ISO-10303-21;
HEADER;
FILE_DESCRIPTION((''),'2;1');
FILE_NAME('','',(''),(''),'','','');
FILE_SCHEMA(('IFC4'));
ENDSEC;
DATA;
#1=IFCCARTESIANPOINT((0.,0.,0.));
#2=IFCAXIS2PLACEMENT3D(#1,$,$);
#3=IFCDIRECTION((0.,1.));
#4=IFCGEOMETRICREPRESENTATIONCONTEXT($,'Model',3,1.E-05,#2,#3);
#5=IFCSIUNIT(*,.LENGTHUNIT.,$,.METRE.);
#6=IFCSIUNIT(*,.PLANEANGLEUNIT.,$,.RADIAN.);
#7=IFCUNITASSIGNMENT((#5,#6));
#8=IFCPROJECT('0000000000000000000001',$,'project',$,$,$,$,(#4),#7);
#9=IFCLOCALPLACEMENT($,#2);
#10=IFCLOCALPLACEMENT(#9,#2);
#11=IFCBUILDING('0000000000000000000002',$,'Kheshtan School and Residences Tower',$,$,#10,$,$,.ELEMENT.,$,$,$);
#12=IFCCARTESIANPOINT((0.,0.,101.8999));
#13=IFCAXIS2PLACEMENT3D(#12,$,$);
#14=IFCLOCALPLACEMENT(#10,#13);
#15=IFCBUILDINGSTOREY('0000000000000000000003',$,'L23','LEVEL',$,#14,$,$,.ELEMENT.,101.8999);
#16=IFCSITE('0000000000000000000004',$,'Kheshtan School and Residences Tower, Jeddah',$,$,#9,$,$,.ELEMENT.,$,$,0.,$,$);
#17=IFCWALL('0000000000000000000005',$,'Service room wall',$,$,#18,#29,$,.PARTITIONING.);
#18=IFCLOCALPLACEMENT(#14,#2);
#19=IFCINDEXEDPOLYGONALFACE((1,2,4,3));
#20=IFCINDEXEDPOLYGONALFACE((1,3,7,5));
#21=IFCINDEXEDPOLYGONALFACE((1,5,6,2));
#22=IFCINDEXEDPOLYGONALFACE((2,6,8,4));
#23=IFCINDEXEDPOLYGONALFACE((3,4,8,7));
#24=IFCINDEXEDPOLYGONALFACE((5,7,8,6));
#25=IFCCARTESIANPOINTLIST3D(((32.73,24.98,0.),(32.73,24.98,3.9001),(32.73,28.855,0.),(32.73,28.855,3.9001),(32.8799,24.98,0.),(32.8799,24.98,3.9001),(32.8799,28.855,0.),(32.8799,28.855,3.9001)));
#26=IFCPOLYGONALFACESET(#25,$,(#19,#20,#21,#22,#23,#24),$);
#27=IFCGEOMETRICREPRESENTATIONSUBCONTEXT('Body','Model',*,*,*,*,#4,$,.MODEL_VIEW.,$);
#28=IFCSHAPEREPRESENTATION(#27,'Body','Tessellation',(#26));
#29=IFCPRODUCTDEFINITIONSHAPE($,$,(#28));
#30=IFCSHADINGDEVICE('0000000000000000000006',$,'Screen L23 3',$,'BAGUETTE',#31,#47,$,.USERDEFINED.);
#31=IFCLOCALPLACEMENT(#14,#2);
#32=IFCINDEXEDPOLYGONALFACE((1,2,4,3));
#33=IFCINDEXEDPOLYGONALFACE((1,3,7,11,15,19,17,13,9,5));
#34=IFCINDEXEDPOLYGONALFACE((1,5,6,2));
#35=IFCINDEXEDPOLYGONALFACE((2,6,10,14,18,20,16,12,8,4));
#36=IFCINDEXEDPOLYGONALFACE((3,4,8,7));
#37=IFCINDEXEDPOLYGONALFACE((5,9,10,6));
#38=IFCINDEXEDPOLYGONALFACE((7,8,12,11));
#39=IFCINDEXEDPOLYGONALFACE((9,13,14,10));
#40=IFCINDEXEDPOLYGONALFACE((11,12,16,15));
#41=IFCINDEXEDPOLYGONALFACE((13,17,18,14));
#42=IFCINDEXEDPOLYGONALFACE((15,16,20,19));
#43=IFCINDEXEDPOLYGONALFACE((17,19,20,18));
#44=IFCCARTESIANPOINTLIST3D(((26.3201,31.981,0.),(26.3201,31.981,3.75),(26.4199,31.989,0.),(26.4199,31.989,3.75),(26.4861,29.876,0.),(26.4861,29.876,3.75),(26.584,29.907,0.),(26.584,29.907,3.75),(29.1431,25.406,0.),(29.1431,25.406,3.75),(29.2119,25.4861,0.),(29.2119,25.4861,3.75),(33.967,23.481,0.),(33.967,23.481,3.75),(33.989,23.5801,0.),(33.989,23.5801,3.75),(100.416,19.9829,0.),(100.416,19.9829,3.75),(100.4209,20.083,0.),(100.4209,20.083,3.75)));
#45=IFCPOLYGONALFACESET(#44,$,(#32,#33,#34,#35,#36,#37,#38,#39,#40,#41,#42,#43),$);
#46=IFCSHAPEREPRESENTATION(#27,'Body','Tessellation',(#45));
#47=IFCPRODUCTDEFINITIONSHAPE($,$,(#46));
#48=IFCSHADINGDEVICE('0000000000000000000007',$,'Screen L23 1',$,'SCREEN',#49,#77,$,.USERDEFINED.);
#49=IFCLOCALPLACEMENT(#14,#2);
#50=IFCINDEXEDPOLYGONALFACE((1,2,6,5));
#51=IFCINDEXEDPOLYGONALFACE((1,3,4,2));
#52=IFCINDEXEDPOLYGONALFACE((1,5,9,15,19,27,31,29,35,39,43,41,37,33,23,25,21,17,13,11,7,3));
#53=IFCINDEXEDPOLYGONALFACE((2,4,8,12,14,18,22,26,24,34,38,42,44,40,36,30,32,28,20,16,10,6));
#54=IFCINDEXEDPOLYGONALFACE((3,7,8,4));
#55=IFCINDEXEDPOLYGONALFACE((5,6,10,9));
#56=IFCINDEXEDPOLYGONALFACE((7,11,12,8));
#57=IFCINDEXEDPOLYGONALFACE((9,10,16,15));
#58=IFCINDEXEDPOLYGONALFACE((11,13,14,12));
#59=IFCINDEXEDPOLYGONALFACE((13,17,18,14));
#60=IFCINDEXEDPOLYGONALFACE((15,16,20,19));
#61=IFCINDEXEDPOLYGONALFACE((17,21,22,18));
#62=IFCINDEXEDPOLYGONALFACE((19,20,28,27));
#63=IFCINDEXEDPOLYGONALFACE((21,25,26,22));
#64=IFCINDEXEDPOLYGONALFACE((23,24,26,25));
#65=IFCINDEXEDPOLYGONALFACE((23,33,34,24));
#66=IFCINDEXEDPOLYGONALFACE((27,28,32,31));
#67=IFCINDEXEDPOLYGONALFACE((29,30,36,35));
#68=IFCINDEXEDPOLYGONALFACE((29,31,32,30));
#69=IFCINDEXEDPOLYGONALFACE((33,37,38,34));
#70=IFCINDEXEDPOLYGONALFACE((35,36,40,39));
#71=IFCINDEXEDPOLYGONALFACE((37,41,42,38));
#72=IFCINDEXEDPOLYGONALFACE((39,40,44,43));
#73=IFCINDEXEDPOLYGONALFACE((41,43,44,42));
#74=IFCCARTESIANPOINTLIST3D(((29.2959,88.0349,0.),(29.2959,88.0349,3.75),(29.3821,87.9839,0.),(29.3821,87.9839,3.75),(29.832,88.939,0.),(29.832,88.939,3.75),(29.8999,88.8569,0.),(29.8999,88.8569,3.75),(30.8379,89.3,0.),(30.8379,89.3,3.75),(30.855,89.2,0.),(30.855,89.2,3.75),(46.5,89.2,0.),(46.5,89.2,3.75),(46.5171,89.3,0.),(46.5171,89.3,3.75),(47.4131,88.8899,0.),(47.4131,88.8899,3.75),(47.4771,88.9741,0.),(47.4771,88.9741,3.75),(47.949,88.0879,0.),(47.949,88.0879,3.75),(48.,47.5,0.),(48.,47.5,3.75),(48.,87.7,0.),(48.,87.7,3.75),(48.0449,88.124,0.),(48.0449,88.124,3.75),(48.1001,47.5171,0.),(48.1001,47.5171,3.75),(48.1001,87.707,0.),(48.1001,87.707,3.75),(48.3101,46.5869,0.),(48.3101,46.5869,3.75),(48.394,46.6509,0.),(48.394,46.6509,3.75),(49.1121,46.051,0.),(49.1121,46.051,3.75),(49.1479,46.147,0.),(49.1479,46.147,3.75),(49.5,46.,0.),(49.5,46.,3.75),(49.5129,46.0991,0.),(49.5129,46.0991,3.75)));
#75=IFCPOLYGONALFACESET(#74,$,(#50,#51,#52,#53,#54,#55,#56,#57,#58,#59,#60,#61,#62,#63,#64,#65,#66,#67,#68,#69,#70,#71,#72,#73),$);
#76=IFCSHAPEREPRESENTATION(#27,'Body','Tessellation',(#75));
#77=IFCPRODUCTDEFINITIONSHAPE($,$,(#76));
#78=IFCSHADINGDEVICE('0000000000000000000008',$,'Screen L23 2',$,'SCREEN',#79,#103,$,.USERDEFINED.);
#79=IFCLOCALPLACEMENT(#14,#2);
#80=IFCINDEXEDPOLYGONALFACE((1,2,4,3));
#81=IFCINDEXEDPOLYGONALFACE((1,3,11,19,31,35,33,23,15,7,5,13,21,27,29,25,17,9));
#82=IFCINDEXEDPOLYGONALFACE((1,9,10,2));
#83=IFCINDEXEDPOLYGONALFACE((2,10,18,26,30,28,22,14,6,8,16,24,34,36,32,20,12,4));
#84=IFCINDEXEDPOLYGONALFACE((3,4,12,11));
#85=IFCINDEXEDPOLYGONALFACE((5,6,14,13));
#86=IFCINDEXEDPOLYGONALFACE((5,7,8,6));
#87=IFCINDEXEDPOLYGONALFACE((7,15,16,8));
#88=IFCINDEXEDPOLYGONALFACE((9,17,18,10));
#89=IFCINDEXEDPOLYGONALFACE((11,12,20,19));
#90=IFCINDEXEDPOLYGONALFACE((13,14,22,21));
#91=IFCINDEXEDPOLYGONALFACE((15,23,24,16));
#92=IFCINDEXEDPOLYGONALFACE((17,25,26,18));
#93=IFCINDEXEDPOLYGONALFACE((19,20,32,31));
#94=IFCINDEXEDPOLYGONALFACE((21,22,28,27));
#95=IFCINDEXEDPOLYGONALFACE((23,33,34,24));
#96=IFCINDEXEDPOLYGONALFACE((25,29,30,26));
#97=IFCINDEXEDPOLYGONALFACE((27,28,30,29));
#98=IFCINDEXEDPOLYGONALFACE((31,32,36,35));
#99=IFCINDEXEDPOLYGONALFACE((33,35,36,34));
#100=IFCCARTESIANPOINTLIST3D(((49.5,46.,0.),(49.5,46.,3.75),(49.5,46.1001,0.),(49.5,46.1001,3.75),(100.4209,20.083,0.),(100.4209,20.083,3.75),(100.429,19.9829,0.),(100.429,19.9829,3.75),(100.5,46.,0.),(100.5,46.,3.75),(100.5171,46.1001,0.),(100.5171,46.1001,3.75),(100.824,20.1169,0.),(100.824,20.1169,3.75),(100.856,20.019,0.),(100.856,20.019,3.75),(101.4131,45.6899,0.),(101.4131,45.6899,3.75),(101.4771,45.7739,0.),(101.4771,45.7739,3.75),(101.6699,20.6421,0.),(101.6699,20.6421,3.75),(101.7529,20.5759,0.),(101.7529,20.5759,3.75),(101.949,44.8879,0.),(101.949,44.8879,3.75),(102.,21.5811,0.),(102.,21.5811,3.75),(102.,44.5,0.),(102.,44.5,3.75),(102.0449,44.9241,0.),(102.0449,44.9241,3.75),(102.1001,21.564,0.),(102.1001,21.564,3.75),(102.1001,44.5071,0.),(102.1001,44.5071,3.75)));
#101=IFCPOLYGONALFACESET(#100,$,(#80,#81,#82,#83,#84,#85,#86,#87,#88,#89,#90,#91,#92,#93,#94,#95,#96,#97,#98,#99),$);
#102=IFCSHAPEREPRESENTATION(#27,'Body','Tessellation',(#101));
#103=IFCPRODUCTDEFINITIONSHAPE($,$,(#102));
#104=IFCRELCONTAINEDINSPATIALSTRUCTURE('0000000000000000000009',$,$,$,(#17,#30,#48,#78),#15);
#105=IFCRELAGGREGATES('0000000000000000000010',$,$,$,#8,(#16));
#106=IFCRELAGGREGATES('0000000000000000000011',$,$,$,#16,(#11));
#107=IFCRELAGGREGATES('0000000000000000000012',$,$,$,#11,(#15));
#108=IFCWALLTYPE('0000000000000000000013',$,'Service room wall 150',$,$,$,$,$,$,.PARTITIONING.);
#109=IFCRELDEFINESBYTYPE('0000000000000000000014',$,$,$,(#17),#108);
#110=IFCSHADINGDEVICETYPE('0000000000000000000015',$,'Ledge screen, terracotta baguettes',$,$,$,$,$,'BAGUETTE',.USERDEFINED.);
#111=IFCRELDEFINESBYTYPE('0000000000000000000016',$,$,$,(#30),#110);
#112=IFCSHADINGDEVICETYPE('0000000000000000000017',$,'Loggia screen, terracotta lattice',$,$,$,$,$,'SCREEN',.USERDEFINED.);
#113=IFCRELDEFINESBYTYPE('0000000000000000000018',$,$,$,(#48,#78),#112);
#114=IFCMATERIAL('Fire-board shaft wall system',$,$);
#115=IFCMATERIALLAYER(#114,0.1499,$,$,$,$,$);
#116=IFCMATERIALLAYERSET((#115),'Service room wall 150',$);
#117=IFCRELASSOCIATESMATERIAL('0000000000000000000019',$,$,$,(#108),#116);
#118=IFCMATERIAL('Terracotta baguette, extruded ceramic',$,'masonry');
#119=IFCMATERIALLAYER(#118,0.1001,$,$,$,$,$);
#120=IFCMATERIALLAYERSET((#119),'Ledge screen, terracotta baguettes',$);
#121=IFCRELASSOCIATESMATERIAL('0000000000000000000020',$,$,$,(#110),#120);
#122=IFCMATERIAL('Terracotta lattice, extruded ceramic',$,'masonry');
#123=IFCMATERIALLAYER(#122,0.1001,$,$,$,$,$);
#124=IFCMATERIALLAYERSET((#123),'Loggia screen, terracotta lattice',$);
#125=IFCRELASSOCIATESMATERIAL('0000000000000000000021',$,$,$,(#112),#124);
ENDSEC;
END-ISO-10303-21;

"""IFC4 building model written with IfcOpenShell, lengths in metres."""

from ifc_helpers import new_model, si_unit, direction, frame, frame_2d, origin, place, context, subcontext, project, spatial, polyline, rectangle, outline, extrude, material, layer, layer_set, type_object, element, save


model = new_model("IFC4")

# Units and contexts
model_context = context("Model", 3, precision=1e-05, world=origin(), true_north=direction((0.0, 1.0)))
body_context = subcontext(model_context, "Body", "Model", "MODEL_VIEW")
ifc_project = project(units=[si_unit("LENGTHUNIT", "METRE"), si_unit("PLANEANGLEUNIT", "RADIAN")], contexts=[model_context])

# Site, building, storey
site_placement = place(None, origin())
site = spatial("IfcSite", under=ifc_project, at=site_placement, Name="Kheshtan School and Residences Tower, Jeddah", CompositionType="ELEMENT", RefElevation=0.0)
building_placement = place(site_placement, origin())
building = spatial("IfcBuilding", under=site, at=building_placement, Name="Kheshtan School and Residences Tower", CompositionType="ELEMENT")
storey_placement = place(building_placement, frame((0.0, 0.0, 101.8999)))
storey = spatial("IfcBuildingStorey", under=building, at=storey_placement, Name="L23", Description="LEVEL", CompositionType="ELEMENT", Elevation=101.8999)

# Wall
ifc_material_1 = material(Name="Fire-board shaft wall system")
ifc_layer_1 = layer(ifc_material_1, 0.1499)
ifc_layer_set_1 = layer_set([ifc_layer_1], Name="Service room wall 150")
wall_type_1 = type_object("IfcWallType", Name="Service room wall 150", PredefinedType="PARTITIONING", material=ifc_layer_set_1)
wall_1_placement = place(storey_placement, frame((32.8049, 24.98, 0.0), z_axis=(0.0, 0.0, 1.0), x_axis=(0.0, 1.0, 0.0)))
element("IfcWall", 1, at=wall_1_placement, inside=storey, type_object=wall_type_1, Name="Service room wall", PredefinedType="PARTITIONING", context=body_context, shape_type="SweptSolid", body=[
    extrude(rectangle(XDim=3.875, YDim=0.1499, at=frame_2d((1.9375, 0.0))), origin(), (0.0, 0.0, 1.0), 3.9001),
])

# Shading devices
ifc_material_2 = material(Name="Terracotta baguette, extruded ceramic", Category="masonry")
ifc_layer_2 = layer(ifc_material_2, 0.1001)
ifc_layer_set_2 = layer_set([ifc_layer_2], Name="Ledge screen, terracotta baguettes")
shading_device_type_1 = type_object("IfcShadingDeviceType", Name="Ledge screen, terracotta baguettes", ElementType="BAGUETTE", PredefinedType="USERDEFINED", material=ifc_layer_set_2)
shading_device_1_placement = place(storey_placement, origin())
element("IfcShadingDevice", 2, at=shading_device_1_placement, inside=storey, type_object=shading_device_type_1, Name="Screen L23 3", ObjectType="BAGUETTE", PredefinedType="USERDEFINED", context=body_context, shape_type="SweptSolid", body=[
    extrude(outline(polyline([(100.4209, 20.083), (33.989, 23.5801), (29.2119, 25.4861), (26.584, 29.907), (26.4199, 31.989), (26.3201, 31.981), (26.4861, 29.876), (29.1431, 25.406), (33.967, 23.481), (100.416, 19.9829), (100.4209, 20.083)])), origin(), (0.0, 0.0, 1.0), 3.75),
])
ifc_material_3 = material(Name="Terracotta lattice, extruded ceramic", Category="masonry")
ifc_layer_3 = layer(ifc_material_3, 0.1001)
ifc_layer_set_3 = layer_set([ifc_layer_3], Name="Loggia screen, terracotta lattice")
shading_device_type_2 = type_object("IfcShadingDeviceType", Name="Loggia screen, terracotta lattice", ElementType="SCREEN", PredefinedType="USERDEFINED", material=ifc_layer_set_3)
shading_device_2_placement = place(storey_placement, origin())
element("IfcShadingDevice", 3, at=shading_device_2_placement, inside=storey, type_object=shading_device_type_2, Name="Screen L23 1", ObjectType="SCREEN", PredefinedType="USERDEFINED", context=body_context, shape_type="SweptSolid", body=[
    extrude(outline(polyline([(29.3821, 87.9839), (29.8999, 88.8569), (30.855, 89.2), (46.5, 89.2), (47.4131, 88.8899), (47.949, 88.0879), (48.0, 87.7), (48.0, 47.5), (48.3101, 46.5869), (49.1121, 46.051), (49.5, 46.0), (49.5129, 46.0991), (49.1479, 46.147), (48.394, 46.6509), (48.1001, 47.5171), (48.1001, 87.707), (48.0449, 88.124), (47.4771, 88.9741), (46.5171, 89.3), (30.8379, 89.3), (29.832, 88.939), (29.2959, 88.0349), (29.3821, 87.9839)])), origin(), (0.0, 0.0, 1.0), 3.75),
])
shading_device_3_placement = place(storey_placement, origin())
element("IfcShadingDevice", 4, at=shading_device_3_placement, inside=storey, type_object=shading_device_type_2, Name="Screen L23 2", ObjectType="SCREEN", PredefinedType="USERDEFINED", context=body_context, shape_type="SweptSolid", body=[
    extrude(outline(polyline([(49.5, 46.0), (100.5, 46.0), (101.4131, 45.6899), (101.949, 44.8879), (102.0, 44.5), (102.0, 21.5811), (101.6699, 20.6421), (100.824, 20.1169), (100.4209, 20.083), (100.429, 19.9829), (100.856, 20.019), (101.7529, 20.5759), (102.1001, 21.564), (102.1001, 44.5071), (102.0449, 44.9241), (101.4771, 45.7739), (100.5171, 46.1001), (49.5, 46.1001), (49.5, 46.0)])), origin(), (0.0, 0.0, 1.0), 3.75),
])

save(model, "model.ifc")
